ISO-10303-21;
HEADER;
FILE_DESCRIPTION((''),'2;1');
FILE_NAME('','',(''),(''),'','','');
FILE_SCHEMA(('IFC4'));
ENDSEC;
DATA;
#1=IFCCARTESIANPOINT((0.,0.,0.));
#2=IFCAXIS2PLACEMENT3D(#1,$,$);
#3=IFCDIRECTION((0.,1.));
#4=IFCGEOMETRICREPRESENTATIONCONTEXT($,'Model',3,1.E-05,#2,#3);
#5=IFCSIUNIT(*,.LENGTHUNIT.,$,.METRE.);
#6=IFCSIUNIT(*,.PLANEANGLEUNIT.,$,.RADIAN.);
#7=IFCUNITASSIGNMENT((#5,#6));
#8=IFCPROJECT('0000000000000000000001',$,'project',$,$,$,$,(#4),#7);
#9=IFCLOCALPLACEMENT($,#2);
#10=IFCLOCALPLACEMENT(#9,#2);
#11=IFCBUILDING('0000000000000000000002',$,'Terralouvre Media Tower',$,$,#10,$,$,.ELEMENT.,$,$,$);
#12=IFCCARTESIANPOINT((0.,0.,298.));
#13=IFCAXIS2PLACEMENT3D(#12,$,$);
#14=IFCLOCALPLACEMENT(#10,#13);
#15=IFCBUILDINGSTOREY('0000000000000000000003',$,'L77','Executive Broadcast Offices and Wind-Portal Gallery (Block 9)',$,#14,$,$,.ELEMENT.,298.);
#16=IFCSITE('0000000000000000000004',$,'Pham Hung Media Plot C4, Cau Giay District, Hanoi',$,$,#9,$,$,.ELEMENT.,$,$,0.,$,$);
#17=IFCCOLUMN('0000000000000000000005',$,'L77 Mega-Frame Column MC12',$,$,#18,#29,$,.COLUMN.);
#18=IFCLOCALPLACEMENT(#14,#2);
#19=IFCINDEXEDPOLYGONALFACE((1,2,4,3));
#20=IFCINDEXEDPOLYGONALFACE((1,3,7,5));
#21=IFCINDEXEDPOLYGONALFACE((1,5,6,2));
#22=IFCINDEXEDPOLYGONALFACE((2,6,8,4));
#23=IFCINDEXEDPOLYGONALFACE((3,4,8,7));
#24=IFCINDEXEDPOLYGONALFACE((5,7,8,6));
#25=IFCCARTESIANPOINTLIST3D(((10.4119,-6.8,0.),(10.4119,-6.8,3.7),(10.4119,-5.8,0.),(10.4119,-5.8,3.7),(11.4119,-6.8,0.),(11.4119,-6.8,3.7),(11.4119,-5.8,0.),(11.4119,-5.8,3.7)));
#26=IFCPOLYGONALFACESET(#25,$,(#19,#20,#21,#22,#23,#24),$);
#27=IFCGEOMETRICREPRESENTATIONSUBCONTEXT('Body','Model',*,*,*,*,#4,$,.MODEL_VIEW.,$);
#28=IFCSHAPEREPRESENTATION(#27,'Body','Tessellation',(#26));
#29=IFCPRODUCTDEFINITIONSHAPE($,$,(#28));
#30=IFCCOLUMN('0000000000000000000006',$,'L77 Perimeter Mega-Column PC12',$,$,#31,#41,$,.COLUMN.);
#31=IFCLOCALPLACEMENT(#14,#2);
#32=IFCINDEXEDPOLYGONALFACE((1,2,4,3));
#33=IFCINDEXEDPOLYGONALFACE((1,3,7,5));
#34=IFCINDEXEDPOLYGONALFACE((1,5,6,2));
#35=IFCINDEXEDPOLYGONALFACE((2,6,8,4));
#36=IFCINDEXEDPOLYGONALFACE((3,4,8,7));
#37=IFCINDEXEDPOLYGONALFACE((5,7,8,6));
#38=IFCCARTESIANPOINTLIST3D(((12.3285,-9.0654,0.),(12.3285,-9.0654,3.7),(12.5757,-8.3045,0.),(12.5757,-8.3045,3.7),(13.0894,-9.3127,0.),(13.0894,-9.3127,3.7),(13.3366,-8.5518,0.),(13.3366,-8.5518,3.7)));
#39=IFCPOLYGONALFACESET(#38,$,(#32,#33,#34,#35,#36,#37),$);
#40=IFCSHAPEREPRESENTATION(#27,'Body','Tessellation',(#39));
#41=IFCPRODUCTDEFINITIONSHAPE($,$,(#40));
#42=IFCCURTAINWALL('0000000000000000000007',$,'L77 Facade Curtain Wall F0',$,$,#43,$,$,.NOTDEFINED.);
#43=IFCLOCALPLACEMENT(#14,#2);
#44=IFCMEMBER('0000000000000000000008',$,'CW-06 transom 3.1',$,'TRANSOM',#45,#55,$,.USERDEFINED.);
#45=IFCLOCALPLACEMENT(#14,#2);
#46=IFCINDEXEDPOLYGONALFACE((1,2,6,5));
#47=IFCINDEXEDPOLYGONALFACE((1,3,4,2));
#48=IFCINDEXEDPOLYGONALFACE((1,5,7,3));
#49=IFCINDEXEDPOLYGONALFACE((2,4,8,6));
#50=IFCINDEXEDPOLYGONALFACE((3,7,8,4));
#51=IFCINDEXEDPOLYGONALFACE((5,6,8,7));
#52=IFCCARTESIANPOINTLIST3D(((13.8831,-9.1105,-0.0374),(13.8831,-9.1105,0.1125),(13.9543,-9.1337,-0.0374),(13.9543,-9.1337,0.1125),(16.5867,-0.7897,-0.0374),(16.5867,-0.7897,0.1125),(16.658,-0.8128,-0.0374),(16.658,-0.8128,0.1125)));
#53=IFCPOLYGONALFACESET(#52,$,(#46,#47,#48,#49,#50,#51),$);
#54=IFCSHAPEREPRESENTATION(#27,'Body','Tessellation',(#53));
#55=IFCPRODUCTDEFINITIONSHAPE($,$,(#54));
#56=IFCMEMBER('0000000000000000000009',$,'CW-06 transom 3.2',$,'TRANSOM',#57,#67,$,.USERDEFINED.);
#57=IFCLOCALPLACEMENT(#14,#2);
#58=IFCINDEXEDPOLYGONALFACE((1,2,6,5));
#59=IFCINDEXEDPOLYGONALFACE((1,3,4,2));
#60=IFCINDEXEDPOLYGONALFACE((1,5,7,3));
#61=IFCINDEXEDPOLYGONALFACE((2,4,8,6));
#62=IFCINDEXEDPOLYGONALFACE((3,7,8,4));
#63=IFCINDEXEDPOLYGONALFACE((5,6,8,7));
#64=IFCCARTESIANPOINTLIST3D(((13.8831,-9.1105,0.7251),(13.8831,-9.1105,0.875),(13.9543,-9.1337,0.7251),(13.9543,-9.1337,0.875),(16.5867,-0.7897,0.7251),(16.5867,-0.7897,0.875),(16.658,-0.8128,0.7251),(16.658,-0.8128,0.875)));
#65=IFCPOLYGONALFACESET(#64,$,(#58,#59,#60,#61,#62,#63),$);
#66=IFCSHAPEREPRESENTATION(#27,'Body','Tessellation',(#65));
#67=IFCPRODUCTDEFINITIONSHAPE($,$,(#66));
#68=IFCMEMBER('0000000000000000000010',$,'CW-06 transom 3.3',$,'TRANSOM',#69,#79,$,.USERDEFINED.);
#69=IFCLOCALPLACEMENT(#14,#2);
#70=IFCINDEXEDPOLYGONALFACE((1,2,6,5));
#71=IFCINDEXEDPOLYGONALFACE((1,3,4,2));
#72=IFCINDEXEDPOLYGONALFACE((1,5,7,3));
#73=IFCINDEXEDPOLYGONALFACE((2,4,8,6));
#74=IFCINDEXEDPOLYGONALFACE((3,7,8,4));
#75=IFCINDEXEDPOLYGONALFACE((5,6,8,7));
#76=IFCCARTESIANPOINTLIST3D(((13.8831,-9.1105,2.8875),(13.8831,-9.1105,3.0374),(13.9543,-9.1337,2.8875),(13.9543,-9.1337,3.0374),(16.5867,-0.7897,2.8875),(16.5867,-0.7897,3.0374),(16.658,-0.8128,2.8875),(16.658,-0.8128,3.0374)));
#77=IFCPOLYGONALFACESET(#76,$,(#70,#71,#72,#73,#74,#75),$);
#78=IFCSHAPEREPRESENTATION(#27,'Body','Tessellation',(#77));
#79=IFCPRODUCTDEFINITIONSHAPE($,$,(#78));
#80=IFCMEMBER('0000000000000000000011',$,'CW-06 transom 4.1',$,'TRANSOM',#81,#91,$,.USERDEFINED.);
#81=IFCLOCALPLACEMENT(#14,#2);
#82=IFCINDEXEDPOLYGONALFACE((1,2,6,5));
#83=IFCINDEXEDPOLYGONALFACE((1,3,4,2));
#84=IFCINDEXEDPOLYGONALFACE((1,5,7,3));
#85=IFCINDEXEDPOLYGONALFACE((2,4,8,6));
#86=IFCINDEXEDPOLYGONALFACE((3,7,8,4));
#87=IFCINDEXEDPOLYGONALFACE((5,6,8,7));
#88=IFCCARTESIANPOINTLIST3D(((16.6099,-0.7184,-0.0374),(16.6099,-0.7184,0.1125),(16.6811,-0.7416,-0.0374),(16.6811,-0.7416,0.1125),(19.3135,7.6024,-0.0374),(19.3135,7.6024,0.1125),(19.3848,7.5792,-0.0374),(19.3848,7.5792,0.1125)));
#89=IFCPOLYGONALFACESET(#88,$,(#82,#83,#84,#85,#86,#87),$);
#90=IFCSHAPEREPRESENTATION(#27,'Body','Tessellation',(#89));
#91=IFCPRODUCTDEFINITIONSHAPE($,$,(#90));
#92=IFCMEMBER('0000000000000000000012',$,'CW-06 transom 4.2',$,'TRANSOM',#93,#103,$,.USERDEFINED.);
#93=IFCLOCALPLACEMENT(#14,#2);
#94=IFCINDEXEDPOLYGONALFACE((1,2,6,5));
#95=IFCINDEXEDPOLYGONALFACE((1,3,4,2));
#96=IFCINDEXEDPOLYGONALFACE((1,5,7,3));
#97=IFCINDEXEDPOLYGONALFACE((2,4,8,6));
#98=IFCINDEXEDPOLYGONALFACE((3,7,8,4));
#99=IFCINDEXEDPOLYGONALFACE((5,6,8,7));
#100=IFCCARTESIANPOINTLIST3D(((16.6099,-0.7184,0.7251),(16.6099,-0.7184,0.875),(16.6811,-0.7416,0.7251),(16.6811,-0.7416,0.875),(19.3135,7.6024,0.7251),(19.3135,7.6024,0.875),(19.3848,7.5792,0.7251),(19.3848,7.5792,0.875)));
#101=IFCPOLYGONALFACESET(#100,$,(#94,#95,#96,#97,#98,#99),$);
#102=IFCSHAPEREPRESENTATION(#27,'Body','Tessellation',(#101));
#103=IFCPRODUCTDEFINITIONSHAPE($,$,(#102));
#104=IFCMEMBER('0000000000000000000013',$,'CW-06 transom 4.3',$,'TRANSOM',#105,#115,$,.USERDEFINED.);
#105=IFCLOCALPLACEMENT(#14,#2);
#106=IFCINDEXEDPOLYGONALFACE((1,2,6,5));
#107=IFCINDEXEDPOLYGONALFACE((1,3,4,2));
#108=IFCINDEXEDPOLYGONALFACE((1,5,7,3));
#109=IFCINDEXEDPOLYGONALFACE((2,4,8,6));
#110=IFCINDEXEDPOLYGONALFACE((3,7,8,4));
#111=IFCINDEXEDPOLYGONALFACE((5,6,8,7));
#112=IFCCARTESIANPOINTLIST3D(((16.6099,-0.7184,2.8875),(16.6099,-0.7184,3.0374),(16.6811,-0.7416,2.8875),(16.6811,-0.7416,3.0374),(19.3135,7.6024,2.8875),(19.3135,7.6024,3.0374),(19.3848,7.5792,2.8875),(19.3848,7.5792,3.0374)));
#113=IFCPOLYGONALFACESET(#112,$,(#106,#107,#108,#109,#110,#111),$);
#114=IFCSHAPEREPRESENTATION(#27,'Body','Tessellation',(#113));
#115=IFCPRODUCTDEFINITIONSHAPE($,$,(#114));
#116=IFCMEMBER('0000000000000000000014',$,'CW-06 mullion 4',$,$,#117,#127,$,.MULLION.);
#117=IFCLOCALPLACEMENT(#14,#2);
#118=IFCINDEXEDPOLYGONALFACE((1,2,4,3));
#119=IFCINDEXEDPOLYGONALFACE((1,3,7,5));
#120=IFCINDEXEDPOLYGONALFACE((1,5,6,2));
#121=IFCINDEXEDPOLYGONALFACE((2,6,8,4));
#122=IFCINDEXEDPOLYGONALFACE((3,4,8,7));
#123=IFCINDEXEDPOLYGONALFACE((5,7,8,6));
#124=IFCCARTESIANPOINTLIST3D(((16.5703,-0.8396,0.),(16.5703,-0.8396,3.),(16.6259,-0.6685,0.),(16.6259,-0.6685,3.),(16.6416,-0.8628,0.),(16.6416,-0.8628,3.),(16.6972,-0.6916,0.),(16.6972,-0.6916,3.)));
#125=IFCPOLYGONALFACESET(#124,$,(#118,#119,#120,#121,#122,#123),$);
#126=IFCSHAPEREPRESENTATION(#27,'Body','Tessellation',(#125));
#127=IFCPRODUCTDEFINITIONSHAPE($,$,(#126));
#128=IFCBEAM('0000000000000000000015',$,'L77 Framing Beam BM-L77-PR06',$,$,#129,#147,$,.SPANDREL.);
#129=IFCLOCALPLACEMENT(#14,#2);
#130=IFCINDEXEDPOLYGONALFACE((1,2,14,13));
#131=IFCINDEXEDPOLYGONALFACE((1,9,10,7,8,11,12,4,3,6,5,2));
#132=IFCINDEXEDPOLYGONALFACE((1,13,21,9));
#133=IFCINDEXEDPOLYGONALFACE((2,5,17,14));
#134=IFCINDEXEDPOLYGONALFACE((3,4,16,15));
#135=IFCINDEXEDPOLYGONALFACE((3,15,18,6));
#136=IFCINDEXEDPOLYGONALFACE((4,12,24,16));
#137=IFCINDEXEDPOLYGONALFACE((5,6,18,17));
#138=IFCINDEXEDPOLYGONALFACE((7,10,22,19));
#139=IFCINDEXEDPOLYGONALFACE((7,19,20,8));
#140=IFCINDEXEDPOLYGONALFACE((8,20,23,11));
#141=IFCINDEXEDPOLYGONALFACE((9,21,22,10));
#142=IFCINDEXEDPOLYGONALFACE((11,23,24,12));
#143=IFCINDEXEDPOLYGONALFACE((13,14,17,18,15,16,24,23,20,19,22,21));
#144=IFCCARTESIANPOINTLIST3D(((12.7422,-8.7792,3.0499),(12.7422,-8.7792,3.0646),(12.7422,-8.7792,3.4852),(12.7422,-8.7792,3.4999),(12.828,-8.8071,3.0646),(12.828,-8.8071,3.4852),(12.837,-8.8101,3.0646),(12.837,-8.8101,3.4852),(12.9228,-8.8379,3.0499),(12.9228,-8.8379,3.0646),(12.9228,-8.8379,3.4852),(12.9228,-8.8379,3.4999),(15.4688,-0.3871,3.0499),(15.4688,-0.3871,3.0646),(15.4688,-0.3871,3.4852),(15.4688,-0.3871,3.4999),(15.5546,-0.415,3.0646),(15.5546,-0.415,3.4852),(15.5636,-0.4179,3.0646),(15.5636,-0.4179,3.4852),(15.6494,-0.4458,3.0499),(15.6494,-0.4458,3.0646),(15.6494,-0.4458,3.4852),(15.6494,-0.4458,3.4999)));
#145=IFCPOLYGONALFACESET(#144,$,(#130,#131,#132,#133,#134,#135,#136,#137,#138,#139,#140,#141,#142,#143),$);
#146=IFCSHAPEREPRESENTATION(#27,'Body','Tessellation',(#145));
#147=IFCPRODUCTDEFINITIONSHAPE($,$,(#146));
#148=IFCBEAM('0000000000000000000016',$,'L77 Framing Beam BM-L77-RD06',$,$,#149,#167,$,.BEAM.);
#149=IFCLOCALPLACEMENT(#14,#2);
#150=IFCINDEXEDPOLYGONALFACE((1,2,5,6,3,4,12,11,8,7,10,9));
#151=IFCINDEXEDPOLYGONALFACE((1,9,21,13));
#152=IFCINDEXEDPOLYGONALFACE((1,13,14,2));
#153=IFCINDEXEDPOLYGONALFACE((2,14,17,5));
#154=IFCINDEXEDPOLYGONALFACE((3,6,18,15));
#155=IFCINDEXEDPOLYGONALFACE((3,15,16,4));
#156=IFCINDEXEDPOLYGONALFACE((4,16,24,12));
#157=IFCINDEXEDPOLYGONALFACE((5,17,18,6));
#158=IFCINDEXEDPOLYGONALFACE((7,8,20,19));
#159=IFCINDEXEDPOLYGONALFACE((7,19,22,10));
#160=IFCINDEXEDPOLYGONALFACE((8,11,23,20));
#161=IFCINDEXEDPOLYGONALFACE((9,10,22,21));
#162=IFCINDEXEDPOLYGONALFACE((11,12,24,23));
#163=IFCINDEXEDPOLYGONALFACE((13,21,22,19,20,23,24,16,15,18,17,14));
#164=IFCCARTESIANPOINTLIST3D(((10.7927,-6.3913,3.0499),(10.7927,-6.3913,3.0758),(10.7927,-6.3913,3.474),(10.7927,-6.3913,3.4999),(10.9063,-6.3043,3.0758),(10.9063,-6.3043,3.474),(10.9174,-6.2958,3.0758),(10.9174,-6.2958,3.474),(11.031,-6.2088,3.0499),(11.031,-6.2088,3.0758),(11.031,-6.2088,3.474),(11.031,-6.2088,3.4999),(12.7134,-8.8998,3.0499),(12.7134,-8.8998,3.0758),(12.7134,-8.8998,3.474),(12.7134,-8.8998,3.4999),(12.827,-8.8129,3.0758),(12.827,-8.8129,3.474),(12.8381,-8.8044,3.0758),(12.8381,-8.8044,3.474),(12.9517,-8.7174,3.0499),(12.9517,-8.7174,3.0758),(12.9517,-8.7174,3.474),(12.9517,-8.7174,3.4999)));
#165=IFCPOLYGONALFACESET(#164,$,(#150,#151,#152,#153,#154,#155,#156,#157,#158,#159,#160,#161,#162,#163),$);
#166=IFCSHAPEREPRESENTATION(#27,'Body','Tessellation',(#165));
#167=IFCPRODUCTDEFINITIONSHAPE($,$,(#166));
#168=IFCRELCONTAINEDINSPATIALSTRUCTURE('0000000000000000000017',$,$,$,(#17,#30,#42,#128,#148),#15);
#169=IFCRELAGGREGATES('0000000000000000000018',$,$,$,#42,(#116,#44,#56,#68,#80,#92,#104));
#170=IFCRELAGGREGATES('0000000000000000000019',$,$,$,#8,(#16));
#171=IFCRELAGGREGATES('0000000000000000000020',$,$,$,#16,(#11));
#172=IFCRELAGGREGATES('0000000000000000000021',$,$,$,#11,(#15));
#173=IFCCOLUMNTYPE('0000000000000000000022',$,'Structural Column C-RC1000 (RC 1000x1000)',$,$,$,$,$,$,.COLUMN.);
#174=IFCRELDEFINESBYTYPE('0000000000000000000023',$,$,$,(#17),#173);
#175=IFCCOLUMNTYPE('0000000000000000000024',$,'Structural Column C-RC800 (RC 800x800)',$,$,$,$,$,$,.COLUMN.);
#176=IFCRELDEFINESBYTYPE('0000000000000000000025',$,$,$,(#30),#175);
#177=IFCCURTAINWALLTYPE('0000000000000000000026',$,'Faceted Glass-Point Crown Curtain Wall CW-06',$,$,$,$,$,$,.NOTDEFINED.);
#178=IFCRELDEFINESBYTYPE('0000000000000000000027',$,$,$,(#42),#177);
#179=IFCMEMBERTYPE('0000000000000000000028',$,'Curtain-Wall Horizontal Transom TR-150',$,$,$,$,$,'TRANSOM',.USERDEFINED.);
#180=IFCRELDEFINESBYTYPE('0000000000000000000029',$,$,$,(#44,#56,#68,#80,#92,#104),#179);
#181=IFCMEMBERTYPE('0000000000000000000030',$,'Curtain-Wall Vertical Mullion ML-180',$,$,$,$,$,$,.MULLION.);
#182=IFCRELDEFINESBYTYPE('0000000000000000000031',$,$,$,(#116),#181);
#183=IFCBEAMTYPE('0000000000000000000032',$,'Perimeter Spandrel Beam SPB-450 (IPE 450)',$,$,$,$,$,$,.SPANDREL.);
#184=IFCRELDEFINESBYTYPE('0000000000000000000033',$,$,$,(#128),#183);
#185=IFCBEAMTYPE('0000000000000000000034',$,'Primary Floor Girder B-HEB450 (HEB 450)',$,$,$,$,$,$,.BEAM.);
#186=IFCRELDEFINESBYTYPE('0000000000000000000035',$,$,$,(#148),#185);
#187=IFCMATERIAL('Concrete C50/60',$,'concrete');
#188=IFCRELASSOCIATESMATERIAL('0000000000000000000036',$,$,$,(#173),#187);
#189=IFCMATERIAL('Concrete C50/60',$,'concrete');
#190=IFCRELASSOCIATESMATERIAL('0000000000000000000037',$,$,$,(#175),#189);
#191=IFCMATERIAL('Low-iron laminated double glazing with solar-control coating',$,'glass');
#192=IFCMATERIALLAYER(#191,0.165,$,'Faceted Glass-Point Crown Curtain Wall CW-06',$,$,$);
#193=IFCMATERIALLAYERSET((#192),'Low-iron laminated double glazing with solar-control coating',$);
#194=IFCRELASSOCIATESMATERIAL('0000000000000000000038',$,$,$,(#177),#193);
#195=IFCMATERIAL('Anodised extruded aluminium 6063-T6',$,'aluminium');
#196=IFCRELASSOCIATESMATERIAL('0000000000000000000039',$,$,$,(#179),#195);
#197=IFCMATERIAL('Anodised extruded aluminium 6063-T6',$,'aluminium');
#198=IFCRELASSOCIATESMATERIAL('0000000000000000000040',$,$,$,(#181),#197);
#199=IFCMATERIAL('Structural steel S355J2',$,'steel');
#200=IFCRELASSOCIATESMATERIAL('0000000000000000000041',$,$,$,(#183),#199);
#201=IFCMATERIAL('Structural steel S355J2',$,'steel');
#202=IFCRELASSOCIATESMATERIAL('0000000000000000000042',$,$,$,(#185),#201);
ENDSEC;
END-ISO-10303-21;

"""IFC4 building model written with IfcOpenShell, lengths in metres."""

from ifc_helpers import new_model, si_unit, direction, frame, origin, origin_2d, place, context, subcontext, project, spatial, rectangle, i_section, extrude, material, layer, layer_set, material_profile, profile_set, type_object, element, aggregate, save


model = new_model("IFC4")

# Units and contexts
model_context = context("Model", 3, precision=1e-05, world=origin(), true_north=direction((0.0, 1.0)))
body_context = subcontext(model_context, "Body", "Model", "MODEL_VIEW")
ifc_project = project(units=[si_unit("LENGTHUNIT", "METRE"), si_unit("PLANEANGLEUNIT", "RADIAN")], contexts=[model_context])

# Site, building, storey
site_placement = place(None, origin())
site = spatial("IfcSite", under=ifc_project, at=site_placement, Name="Pham Hung Media Plot C4, Cau Giay District, Hanoi", CompositionType="ELEMENT", RefElevation=0.0)
building_placement = place(site_placement, origin())
building = spatial("IfcBuilding", under=site, at=building_placement, Name="Terralouvre Media Tower", CompositionType="ELEMENT")
storey_placement = place(building_placement, frame((0.0, 0.0, 298.0)))
storey = spatial("IfcBuildingStorey", under=building, at=storey_placement, Name="L77", Description="Executive Broadcast Offices and Wind-Portal Gallery (Block 9)", CompositionType="ELEMENT", Elevation=298.0)

# Columns
ifc_material_1 = material(Name="Concrete C50/60", Category="concrete")
ifc_material_profile_1 = material_profile(ifc_material_1, rectangle(XDim=1.0, YDim=1.0, at=origin_2d()), Name="RC 1000x1000")
ifc_profile_set_1 = profile_set([ifc_material_profile_1], Name="Concrete C50/60")
column_type_1 = type_object("IfcColumnType", Name="Structural Column C-RC1000 (RC 1000x1000)", PredefinedType="COLUMN", material=ifc_profile_set_1)
column_1_placement = place(storey_placement, frame((10.9119, -6.3, 0.0), z_axis=(0.0, 0.0, 1.0), x_axis=(1.0, 0.0, 0.0)))
element("IfcColumn", 1, at=column_1_placement, inside=storey, type_object=column_type_1, Name="L77 Mega-Frame Column MC12", PredefinedType="COLUMN", context=body_context, shape_type="SweptSolid", body=[
    extrude(rectangle(XDim=1.0, YDim=1.0, at=origin_2d()), origin(), (0.0, 0.0, 1.0), 3.7),
])
ifc_material_2 = material(Name="Concrete C50/60", Category="concrete")
ifc_material_profile_2 = material_profile(ifc_material_2, rectangle(XDim=0.8, YDim=0.8, at=origin_2d()), Name="RC 800x800")
ifc_profile_set_2 = profile_set([ifc_material_profile_2], Name="Concrete C50/60")
column_type_2 = type_object("IfcColumnType", Name="Structural Column C-RC800 (RC 800x800)", PredefinedType="COLUMN", material=ifc_profile_set_2)
column_2_placement = place(storey_placement, frame((12.8325, -8.8086, 0.0), z_axis=(0.0, 0.0, 1.0), x_axis=(0.309017, 0.951057, 0.0)))
element("IfcColumn", 2, at=column_2_placement, inside=storey, type_object=column_type_2, Name="L77 Perimeter Mega-Column PC12", PredefinedType="COLUMN", context=body_context, shape_type="SweptSolid", body=[
    extrude(rectangle(XDim=0.8, YDim=0.8, at=origin_2d()), origin(), (0.0, 0.0, 1.0), 3.7),
])

# Curtain wall, members
ifc_material_3 = material(Name="Low-iron laminated double glazing with solar-control coating", Category="glass")
ifc_layer_1 = layer(ifc_material_3, 0.165, Name="Faceted Glass-Point Crown Curtain Wall CW-06")
ifc_layer_set_1 = layer_set([ifc_layer_1], Name="Low-iron laminated double glazing with solar-control coating")
curtain_wall_type = type_object("IfcCurtainWallType", Name="Faceted Glass-Point Crown Curtain Wall CW-06", PredefinedType="NOTDEFINED", material=ifc_layer_set_1)
curtain_wall_placement = place(storey_placement, origin())
curtain_wall = element("IfcCurtainWall", 3, at=curtain_wall_placement, inside=storey, type_object=curtain_wall_type, Name="L77 Facade Curtain Wall F0", PredefinedType="NOTDEFINED")
ifc_material_4 = material(Name="Anodised extruded aluminium 6063-T6", Category="aluminium")
ifc_material_profile_3 = material_profile(ifc_material_4, rectangle(XDim=0.075, YDim=0.1499, at=origin_2d()), Name="ALU 75x150")
ifc_profile_set_3 = profile_set([ifc_material_profile_3], Name="Anodised extruded aluminium 6063-T6")
member_type_1 = type_object("IfcMemberType", Name="Curtain-Wall Horizontal Transom TR-150", ElementType="TRANSOM", PredefinedType="USERDEFINED", material=ifc_profile_set_3)
member_1_placement = place(storey_placement, frame((13.9187, -9.1221, 0.0376), z_axis=(0.309019, 0.951056, 0.0), x_axis=(-0.951056, 0.309019, 0.0)))
member_1 = element("IfcMember", 4, at=member_1_placement, type_object=member_type_1, Name="CW-06 transom 3.1", ObjectType="TRANSOM", PredefinedType="USERDEFINED", context=body_context, shape_type="SweptSolid", body=[
    extrude(rectangle(XDim=0.075, YDim=0.1499, at=origin_2d()), origin(), (0.0, 0.0, 1.0), 8.749),
])
member_2_placement = place(storey_placement, frame((13.9187, -9.1221, 0.8), z_axis=(0.309019, 0.951056, 0.0), x_axis=(-0.951056, 0.309019, 0.0)))
member_2 = element("IfcMember", 5, at=member_2_placement, type_object=member_type_1, Name="CW-06 transom 3.2", ObjectType="TRANSOM", PredefinedType="USERDEFINED", context=body_context, shape_type="SweptSolid", body=[
    extrude(rectangle(XDim=0.075, YDim=0.1499, at=origin_2d()), origin(), (0.0, 0.0, 1.0), 8.749),
])
member_3_placement = place(storey_placement, frame((13.9187, -9.1221, 2.9624), z_axis=(0.309019, 0.951056, 0.0), x_axis=(-0.951056, 0.309019, 0.0)))
member_3 = element("IfcMember", 6, at=member_3_placement, type_object=member_type_1, Name="CW-06 transom 3.3", ObjectType="TRANSOM", PredefinedType="USERDEFINED", context=body_context, shape_type="SweptSolid", body=[
    extrude(rectangle(XDim=0.075, YDim=0.1499, at=origin_2d()), origin(), (0.0, 0.0, 1.0), 8.749),
])
member_4_placement = place(storey_placement, frame((16.6455, -0.73, 0.0376), z_axis=(0.309019, 0.951056, 0.0), x_axis=(-0.951056, 0.309019, 0.0)))
member_4 = element("IfcMember", 7, at=member_4_placement, type_object=member_type_1, Name="CW-06 transom 4.1", ObjectType="TRANSOM", PredefinedType="USERDEFINED", context=body_context, shape_type="SweptSolid", body=[
    extrude(rectangle(XDim=0.075, YDim=0.1499, at=origin_2d()), origin(), (0.0, 0.0, 1.0), 8.749),
])
member_5_placement = place(storey_placement, frame((16.6455, -0.73, 0.8), z_axis=(0.309019, 0.951056, 0.0), x_axis=(-0.951056, 0.309019, 0.0)))
member_5 = element("IfcMember", 8, at=member_5_placement, type_object=member_type_1, Name="CW-06 transom 4.2", ObjectType="TRANSOM", PredefinedType="USERDEFINED", context=body_context, shape_type="SweptSolid", body=[
    extrude(rectangle(XDim=0.075, YDim=0.1499, at=origin_2d()), origin(), (0.0, 0.0, 1.0), 8.749),
])
member_6_placement = place(storey_placement, frame((16.6455, -0.73, 2.9624), z_axis=(0.309019, 0.951056, 0.0), x_axis=(-0.951056, 0.309019, 0.0)))
member_6 = element("IfcMember", 9, at=member_6_placement, type_object=member_type_1, Name="CW-06 transom 4.3", ObjectType="TRANSOM", PredefinedType="USERDEFINED", context=body_context, shape_type="SweptSolid", body=[
    extrude(rectangle(XDim=0.075, YDim=0.1499, at=origin_2d()), origin(), (0.0, 0.0, 1.0), 8.749),
])
ifc_material_5 = material(Name="Anodised extruded aluminium 6063-T6", Category="aluminium")
ifc_material_profile_4 = material_profile(ifc_material_5, rectangle(XDim=0.075, YDim=0.1799, at=origin_2d()), Name="ALU 75x180")
ifc_profile_set_4 = profile_set([ifc_material_profile_4], Name="Anodised extruded aluminium 6063-T6")
member_type_2 = type_object("IfcMemberType", Name="Curtain-Wall Vertical Mullion ML-180", PredefinedType="MULLION", material=ifc_profile_set_4)
member_7_placement = place(storey_placement, frame((16.6338, -0.7656, 0.0), z_axis=(0.0, 0.0, 1.0), x_axis=(-0.951057, 0.309017, 0.0)))
member_7 = element("IfcMember", 10, at=member_7_placement, type_object=member_type_2, Name="CW-06 mullion 4", PredefinedType="MULLION", context=body_context, shape_type="SweptSolid", body=[
    extrude(rectangle(XDim=0.075, YDim=0.1799, at=origin_2d()), origin(), (0.0, 0.0, 1.0), 3.0),
])

# Beams
ifc_material_6 = material(Name="Structural steel S355J2", Category="steel")
ifc_material_profile_5 = material_profile(ifc_material_6, i_section(OverallWidth=0.1899, OverallDepth=0.45, WebThickness=0.0095, FlangeThickness=0.0146, at=origin_2d()), Name="IPE 450")
ifc_profile_set_5 = profile_set([ifc_material_profile_5], Name="Structural steel S355J2")
beam_type_1 = type_object("IfcBeamType", Name="Perimeter Spandrel Beam SPB-450 (IPE 450)", PredefinedType="SPANDREL", material=ifc_profile_set_5)
beam_1_placement = place(storey_placement, frame((12.8325, -8.8086, 3.2749), z_axis=(0.308997, 0.951063, 0.0), x_axis=(-0.951063, 0.308997, 0.0)))
element("IfcBeam", 11, at=beam_1_placement, inside=storey, type_object=beam_type_1, Name="L77 Framing Beam BM-L77-PR06", PredefinedType="SPANDREL", context=body_context, shape_type="SweptSolid", body=[
    extrude(i_section(OverallWidth=0.1899, OverallDepth=0.45, WebThickness=0.0095, FlangeThickness=0.0146, at=origin_2d()), origin(), (0.0, 0.0, 1.0), 8.824),
])
ifc_material_7 = material(Name="Structural steel S355J2", Category="steel")
ifc_material_profile_6 = material_profile(ifc_material_7, i_section(OverallWidth=0.3, OverallDepth=0.45, WebThickness=0.0139, FlangeThickness=0.0259, at=origin_2d()), Name="HEB 450")
ifc_profile_set_6 = profile_set([ifc_material_profile_6], Name="Structural steel S355J2")
beam_type_2 = type_object("IfcBeamType", Name="Primary Floor Girder B-HEB450 (HEB 450)", PredefinedType="BEAM", material=ifc_profile_set_6)
beam_2_placement = place(storey_placement, frame((10.9119, -6.3, 3.2749), z_axis=(0.60792, -0.793998, 0.0), x_axis=(0.793998, 0.60792, 0.0)))
element("IfcBeam", 12, at=beam_2_placement, inside=storey, type_object=beam_type_2, Name="L77 Framing Beam BM-L77-RD06", PredefinedType="BEAM", context=body_context, shape_type="SweptSolid", body=[
    extrude(i_section(OverallWidth=0.3, OverallDepth=0.45, WebThickness=0.0139, FlangeThickness=0.0259, at=origin_2d()), origin(), (0.0, 0.0, 1.0), 3.1594),
])

aggregate(curtain_wall, [member_7, member_1, member_2, member_3, member_4, member_5, member_6])

save(model, "model.ifc")
